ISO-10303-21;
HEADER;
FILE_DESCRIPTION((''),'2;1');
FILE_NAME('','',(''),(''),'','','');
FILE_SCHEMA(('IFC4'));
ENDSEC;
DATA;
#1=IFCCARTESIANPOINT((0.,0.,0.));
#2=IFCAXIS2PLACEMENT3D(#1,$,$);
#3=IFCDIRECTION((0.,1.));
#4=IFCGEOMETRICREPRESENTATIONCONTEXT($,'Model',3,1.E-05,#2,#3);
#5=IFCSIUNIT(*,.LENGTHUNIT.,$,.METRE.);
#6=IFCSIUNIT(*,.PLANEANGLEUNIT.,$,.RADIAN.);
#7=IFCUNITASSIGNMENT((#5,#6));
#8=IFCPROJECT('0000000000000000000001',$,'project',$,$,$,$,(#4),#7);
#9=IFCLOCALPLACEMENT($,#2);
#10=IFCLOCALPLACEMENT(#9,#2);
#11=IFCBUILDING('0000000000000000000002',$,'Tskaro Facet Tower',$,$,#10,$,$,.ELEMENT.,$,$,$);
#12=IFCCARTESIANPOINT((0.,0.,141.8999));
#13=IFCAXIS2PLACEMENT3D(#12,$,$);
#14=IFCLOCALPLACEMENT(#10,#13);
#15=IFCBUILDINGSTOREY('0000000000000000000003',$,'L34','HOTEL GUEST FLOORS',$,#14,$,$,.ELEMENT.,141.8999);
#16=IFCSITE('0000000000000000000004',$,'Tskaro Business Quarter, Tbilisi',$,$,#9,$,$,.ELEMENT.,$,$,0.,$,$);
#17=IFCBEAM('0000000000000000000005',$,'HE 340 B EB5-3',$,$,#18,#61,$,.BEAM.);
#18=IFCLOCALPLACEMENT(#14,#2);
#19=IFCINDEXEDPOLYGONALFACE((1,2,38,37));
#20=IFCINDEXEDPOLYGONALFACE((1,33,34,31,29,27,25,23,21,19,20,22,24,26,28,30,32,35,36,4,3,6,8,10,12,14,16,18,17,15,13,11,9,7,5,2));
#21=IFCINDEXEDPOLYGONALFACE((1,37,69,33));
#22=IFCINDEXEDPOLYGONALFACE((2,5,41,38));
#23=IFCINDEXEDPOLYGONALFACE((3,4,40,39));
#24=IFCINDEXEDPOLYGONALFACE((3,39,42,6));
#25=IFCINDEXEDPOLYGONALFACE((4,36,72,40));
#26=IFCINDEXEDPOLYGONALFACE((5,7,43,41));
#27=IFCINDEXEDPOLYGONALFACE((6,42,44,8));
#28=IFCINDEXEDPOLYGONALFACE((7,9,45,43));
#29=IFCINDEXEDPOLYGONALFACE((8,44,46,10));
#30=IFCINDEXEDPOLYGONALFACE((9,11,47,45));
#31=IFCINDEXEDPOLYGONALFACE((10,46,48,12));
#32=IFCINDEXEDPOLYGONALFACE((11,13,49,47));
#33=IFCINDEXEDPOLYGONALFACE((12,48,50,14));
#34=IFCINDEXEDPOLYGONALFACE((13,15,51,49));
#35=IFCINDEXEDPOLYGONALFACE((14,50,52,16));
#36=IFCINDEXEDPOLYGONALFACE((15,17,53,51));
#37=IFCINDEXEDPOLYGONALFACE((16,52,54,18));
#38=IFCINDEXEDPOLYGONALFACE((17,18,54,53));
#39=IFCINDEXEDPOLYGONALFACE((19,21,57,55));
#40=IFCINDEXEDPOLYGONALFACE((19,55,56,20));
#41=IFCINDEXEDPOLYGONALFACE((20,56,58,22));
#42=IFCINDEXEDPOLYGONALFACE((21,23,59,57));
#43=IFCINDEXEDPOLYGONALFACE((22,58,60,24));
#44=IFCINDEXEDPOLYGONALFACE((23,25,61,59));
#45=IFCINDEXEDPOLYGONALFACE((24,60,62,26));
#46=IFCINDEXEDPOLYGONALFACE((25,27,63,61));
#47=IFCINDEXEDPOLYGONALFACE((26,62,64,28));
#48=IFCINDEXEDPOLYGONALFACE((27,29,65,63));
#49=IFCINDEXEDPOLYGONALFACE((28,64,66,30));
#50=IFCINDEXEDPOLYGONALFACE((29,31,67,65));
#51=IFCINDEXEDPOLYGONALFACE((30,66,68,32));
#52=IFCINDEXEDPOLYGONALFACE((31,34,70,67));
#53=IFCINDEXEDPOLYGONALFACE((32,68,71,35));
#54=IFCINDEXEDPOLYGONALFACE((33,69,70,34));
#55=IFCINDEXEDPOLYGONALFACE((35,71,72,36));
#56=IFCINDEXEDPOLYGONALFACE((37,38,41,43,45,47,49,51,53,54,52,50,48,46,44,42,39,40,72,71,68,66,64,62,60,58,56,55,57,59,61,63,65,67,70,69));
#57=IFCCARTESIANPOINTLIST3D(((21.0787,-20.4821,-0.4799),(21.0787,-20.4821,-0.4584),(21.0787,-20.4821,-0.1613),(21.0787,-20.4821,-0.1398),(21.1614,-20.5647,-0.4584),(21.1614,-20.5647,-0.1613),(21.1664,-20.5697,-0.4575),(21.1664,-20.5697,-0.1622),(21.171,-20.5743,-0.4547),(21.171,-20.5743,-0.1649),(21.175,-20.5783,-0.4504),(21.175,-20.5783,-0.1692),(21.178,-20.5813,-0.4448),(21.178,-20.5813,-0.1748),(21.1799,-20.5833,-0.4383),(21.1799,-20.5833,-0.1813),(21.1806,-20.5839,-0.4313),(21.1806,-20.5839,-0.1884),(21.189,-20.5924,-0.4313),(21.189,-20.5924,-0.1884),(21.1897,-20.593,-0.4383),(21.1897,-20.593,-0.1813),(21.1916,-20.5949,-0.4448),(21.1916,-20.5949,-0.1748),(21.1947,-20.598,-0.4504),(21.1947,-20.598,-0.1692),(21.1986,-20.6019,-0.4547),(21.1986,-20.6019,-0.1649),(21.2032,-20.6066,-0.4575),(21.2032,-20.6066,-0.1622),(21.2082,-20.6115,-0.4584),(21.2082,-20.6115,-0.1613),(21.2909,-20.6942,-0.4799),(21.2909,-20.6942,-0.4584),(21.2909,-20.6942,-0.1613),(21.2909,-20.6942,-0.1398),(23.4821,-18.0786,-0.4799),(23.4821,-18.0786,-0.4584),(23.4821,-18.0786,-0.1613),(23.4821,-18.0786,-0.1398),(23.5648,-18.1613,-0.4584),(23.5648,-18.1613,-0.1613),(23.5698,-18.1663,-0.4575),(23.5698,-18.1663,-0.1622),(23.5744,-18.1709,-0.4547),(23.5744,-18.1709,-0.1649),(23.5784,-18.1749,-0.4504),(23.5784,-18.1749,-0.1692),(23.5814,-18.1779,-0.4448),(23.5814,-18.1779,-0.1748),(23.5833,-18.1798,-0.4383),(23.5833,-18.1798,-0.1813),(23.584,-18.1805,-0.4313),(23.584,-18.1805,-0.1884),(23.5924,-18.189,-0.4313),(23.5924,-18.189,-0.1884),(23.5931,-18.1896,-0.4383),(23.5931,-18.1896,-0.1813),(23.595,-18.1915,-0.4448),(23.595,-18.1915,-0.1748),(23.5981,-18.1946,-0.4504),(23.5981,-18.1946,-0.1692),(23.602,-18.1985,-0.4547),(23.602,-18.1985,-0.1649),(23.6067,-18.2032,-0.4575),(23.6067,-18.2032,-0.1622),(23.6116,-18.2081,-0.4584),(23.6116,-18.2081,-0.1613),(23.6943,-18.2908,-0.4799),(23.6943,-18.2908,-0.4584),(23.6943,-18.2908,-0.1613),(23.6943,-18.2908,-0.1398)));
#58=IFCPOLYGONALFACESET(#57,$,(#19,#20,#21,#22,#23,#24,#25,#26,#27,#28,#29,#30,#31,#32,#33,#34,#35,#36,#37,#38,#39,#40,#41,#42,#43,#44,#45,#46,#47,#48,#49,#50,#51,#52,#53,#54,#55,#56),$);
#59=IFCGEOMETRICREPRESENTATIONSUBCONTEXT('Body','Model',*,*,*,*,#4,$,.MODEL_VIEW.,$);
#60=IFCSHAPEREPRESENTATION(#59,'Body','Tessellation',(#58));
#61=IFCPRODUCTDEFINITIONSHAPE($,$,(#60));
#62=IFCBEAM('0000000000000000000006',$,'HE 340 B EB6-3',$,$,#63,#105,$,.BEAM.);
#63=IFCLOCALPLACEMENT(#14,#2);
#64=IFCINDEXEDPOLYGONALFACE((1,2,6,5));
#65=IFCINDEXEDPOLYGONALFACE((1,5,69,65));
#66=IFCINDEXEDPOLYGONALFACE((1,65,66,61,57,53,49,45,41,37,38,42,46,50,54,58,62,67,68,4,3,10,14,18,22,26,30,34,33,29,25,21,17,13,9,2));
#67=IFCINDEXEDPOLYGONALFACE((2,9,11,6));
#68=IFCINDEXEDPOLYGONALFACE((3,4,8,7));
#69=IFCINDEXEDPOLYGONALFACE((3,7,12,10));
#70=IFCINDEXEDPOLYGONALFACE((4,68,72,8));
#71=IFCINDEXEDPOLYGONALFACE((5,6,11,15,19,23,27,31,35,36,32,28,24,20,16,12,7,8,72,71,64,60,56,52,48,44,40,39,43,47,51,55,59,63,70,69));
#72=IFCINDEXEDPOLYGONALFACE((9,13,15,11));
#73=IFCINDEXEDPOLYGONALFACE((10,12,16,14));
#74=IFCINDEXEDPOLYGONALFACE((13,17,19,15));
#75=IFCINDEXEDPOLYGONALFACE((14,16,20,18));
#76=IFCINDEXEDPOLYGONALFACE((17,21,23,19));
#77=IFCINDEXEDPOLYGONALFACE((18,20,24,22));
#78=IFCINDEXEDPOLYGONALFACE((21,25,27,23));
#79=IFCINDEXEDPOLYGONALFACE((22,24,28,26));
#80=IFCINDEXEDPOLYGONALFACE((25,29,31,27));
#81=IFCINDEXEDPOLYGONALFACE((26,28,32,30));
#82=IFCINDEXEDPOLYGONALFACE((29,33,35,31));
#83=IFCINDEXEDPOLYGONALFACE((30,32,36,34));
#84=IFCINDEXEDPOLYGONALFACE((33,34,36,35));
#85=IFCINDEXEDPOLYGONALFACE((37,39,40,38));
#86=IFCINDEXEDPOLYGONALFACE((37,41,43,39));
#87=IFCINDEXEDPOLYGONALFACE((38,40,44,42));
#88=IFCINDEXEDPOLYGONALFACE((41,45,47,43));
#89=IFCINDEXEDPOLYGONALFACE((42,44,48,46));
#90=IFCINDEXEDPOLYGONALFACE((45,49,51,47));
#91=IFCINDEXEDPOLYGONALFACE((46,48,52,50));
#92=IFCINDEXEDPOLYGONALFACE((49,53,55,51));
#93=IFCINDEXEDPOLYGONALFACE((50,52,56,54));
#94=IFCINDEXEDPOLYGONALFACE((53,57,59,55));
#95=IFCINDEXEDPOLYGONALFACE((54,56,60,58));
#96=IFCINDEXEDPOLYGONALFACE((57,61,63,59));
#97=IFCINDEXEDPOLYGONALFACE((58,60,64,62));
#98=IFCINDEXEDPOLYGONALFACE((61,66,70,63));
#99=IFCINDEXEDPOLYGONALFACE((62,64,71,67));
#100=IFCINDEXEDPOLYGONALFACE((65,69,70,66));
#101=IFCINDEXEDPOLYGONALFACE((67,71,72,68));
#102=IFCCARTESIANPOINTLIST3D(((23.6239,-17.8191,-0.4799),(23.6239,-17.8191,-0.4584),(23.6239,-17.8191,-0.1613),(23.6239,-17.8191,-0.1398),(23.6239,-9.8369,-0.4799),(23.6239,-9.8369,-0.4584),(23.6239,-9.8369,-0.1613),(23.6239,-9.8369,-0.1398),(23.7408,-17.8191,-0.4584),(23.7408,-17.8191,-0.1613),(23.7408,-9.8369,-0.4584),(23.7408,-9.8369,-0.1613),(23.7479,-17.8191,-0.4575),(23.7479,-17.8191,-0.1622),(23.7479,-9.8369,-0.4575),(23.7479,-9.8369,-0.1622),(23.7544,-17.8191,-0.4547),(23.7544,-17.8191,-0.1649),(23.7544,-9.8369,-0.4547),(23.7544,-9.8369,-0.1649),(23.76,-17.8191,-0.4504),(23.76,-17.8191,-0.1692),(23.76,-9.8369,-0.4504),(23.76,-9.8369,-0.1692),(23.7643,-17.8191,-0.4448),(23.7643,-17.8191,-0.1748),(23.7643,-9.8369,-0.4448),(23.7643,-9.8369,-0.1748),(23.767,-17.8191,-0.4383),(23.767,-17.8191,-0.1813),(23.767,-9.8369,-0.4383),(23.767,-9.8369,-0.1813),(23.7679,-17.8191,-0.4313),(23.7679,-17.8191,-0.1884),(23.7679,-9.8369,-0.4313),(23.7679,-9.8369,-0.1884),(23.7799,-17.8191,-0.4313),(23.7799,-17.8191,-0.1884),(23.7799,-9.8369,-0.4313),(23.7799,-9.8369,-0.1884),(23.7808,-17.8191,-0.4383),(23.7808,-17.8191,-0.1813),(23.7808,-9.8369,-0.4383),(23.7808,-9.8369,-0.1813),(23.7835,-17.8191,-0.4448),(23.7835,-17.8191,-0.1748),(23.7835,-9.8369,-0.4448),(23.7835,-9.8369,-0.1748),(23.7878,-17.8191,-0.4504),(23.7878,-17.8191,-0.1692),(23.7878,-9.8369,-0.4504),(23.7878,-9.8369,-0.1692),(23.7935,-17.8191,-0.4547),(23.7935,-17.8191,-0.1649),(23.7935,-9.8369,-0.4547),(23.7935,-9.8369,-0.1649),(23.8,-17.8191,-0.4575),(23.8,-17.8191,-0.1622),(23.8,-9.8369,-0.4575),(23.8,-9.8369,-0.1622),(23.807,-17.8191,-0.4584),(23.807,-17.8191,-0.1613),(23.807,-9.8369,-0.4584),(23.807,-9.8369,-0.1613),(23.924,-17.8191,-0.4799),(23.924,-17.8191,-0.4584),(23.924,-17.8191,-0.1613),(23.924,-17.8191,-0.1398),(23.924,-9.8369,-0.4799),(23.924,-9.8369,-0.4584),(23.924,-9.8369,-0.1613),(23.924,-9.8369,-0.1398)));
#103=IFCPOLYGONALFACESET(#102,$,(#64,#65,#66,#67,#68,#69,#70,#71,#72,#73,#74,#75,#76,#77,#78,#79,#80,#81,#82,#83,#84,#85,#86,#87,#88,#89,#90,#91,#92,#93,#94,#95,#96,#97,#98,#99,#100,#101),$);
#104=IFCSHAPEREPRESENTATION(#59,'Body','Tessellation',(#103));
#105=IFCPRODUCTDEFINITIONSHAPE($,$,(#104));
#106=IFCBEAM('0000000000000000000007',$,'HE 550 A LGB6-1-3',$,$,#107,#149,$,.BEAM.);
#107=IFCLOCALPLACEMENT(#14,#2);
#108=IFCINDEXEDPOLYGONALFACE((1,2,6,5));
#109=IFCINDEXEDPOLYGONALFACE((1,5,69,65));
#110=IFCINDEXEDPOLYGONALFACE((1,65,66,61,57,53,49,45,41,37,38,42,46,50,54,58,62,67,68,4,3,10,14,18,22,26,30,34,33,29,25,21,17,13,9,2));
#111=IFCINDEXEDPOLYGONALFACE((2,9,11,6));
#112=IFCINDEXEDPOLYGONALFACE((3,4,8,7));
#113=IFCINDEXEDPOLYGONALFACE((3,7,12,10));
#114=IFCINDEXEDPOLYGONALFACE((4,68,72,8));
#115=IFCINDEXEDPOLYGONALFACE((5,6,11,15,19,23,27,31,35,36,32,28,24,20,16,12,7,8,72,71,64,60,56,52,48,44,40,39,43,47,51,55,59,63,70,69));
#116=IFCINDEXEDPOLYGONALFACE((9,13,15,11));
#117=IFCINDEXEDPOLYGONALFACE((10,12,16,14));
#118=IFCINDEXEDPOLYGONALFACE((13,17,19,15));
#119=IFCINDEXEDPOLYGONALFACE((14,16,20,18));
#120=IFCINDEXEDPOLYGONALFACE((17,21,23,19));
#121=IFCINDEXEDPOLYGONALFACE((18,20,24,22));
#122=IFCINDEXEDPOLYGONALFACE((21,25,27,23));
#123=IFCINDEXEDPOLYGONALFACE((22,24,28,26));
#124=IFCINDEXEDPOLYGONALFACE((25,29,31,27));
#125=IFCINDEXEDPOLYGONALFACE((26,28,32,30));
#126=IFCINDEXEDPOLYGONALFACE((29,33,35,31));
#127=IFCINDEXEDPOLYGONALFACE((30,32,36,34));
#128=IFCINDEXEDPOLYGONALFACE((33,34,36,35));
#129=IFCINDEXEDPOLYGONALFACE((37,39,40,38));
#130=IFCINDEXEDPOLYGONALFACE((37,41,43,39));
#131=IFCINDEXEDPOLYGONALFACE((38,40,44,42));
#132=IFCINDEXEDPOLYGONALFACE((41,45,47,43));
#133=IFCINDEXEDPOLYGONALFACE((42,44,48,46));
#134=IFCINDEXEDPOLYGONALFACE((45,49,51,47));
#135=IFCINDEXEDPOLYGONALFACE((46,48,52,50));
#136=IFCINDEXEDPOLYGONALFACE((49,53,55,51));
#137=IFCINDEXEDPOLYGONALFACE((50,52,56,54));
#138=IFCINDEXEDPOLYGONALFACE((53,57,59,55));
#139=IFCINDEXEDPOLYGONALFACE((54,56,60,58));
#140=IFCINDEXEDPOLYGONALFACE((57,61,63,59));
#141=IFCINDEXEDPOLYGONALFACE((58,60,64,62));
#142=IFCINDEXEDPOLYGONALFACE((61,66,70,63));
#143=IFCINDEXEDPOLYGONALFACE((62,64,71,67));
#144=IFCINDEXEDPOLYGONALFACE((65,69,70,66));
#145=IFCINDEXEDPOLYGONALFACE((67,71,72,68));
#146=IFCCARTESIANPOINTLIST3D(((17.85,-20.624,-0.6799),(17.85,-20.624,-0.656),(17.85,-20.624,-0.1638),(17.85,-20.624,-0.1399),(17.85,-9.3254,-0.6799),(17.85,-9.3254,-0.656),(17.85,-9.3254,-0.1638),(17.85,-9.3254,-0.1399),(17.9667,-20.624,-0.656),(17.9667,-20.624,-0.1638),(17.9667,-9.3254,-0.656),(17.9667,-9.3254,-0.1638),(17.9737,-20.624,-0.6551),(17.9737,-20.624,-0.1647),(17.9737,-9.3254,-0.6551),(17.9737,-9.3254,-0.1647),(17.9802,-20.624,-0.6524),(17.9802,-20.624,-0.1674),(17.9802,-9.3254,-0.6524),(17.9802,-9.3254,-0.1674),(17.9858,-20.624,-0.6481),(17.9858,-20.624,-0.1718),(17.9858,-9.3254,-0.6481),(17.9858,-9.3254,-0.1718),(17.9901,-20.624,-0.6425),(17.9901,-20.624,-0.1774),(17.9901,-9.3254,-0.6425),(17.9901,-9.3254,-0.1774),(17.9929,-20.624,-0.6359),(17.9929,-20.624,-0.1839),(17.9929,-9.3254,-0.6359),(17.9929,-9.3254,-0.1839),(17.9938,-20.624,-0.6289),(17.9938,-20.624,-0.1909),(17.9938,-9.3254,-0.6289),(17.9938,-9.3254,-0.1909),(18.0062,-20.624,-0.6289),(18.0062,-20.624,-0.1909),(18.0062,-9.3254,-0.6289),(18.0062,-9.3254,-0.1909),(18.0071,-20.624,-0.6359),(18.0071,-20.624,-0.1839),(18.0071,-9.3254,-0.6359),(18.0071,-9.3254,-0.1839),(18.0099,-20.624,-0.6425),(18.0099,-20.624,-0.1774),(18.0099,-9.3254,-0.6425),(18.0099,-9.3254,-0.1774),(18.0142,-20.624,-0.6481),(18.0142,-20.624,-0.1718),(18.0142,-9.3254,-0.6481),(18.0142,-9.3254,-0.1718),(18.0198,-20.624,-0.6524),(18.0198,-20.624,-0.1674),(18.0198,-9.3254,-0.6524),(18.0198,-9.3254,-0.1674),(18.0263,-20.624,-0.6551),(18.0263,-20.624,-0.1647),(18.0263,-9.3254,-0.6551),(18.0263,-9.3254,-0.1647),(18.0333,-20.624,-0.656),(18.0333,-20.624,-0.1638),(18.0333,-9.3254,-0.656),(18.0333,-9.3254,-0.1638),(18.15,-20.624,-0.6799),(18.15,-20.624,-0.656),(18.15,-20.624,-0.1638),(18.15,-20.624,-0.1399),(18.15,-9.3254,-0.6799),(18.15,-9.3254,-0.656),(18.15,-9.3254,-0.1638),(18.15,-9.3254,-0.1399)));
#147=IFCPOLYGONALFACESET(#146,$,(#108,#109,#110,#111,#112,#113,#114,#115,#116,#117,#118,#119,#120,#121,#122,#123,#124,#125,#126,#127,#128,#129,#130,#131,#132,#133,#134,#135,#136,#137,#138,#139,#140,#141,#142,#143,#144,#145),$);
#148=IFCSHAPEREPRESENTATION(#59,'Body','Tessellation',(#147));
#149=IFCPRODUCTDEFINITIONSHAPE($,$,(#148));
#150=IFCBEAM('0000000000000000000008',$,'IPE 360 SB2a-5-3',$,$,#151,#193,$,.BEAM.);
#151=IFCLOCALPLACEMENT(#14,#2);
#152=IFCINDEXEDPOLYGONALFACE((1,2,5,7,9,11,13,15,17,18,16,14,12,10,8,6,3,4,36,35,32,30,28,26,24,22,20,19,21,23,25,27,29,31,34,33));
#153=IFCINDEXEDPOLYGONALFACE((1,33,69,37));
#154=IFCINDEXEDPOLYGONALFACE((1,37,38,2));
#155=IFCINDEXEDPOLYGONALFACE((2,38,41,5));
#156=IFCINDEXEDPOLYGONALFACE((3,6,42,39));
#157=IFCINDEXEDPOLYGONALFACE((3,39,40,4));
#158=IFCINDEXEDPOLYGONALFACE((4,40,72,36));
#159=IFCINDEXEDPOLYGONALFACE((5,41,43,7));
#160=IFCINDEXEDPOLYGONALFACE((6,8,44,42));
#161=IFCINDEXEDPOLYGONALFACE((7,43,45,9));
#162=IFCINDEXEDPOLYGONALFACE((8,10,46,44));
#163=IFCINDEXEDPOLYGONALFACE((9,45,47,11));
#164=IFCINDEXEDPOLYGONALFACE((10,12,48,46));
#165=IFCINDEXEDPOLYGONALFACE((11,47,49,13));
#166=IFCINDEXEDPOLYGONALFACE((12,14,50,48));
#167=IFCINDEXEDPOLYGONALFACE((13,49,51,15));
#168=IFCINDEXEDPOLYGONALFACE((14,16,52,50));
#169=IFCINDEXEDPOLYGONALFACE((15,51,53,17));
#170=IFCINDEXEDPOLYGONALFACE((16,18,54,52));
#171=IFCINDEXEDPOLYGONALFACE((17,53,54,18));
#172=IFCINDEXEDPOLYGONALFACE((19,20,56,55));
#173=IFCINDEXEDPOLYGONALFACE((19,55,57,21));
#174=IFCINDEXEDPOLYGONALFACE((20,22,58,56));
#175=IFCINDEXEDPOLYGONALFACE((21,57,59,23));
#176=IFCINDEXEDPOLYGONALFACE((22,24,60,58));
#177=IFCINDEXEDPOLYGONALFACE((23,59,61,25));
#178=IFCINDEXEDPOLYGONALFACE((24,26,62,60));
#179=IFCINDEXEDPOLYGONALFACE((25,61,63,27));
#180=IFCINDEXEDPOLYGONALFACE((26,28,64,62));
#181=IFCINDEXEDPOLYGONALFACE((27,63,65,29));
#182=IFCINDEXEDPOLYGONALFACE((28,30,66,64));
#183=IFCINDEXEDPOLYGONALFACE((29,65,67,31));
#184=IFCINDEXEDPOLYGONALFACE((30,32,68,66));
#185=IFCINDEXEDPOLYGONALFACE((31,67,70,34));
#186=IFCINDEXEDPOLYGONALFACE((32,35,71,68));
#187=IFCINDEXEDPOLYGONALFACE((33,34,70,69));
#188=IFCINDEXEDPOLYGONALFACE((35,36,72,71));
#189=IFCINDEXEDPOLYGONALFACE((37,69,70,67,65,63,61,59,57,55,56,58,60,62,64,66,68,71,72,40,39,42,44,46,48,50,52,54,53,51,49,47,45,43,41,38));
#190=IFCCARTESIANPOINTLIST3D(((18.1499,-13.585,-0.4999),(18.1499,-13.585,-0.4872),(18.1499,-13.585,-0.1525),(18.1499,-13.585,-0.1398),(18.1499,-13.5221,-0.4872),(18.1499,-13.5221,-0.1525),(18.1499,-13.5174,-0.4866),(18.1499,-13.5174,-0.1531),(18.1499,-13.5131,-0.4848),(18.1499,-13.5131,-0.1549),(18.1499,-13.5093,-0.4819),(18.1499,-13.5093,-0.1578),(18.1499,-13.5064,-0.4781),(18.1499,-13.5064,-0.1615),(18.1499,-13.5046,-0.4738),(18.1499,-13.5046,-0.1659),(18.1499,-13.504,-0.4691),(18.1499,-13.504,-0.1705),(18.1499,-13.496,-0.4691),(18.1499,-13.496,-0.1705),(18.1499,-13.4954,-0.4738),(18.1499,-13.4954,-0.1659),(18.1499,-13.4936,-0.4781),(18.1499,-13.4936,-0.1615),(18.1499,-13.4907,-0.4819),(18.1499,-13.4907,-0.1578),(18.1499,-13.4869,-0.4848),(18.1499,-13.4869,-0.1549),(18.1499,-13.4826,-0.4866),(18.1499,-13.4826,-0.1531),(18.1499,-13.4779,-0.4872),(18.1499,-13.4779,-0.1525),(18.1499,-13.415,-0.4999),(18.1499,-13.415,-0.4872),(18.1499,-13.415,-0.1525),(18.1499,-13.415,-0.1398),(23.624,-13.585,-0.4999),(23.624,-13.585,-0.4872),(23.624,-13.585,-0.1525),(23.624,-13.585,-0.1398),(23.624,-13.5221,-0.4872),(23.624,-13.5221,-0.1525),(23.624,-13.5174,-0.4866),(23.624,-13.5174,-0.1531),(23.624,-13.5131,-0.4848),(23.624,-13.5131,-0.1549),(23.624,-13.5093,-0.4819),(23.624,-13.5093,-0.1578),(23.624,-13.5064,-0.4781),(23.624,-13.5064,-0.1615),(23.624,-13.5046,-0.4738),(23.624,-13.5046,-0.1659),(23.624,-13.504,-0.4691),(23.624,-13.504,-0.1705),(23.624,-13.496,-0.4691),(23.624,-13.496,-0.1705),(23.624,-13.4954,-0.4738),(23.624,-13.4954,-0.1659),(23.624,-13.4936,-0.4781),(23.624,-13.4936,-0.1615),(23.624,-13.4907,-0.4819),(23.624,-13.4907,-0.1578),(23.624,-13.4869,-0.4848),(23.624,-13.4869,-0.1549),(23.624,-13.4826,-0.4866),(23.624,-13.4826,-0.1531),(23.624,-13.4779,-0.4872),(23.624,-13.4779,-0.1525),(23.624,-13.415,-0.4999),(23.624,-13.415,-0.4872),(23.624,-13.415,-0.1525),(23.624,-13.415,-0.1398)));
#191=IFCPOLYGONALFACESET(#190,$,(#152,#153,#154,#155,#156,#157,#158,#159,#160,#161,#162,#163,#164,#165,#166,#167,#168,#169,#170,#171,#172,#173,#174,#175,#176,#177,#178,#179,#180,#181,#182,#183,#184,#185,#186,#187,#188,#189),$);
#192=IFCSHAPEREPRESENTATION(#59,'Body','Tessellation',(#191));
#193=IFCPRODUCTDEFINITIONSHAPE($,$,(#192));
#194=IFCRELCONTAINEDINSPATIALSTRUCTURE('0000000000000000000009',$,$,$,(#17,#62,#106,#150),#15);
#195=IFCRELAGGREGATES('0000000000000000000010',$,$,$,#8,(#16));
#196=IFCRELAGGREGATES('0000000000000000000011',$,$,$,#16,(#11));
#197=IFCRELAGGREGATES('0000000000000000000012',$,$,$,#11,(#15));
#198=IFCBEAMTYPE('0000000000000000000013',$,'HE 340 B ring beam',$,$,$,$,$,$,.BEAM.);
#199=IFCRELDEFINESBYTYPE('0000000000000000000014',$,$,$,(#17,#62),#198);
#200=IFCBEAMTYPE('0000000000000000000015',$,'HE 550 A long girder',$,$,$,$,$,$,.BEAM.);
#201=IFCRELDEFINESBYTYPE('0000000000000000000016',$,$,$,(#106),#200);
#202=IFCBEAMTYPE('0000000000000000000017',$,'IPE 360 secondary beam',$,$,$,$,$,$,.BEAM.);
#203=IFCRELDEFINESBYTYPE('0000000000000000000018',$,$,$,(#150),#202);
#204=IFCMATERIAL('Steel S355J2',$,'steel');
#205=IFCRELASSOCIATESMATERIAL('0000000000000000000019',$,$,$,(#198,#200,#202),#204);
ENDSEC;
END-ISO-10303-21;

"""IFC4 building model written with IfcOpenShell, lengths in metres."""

from ifc_helpers import new_model, si_unit, direction, frame, origin, origin_2d, place, context, subcontext, project, spatial, i_section, extrude, material, material_profile, profile_set, type_object, element, save


model = new_model("IFC4")

# Units and contexts
model_context = context("Model", 3, precision=1e-05, world=origin(), true_north=direction((0.0, 1.0)))
body_context = subcontext(model_context, "Body", "Model", "MODEL_VIEW")
ifc_project = project(units=[si_unit("LENGTHUNIT", "METRE"), si_unit("PLANEANGLEUNIT", "RADIAN")], contexts=[model_context])

# Site, building, storey
site_placement = place(None, origin())
site = spatial("IfcSite", under=ifc_project, at=site_placement, Name="Tskaro Business Quarter, Tbilisi", CompositionType="ELEMENT", RefElevation=0.0)
building_placement = place(site_placement, origin())
building = spatial("IfcBuilding", under=site, at=building_placement, Name="Tskaro Facet Tower", CompositionType="ELEMENT")
storey_placement = place(building_placement, frame((0.0, 0.0, 141.8999)))
storey = spatial("IfcBuildingStorey", under=building, at=storey_placement, Name="L34", Description="HOTEL GUEST FLOORS", CompositionType="ELEMENT", Elevation=141.8999)

# Beams
ifc_material_1 = material(Name="Steel S355J2", Category="steel")
ifc_material_profile_1 = material_profile(ifc_material_1, i_section(OverallWidth=0.3, OverallDepth=0.3401, WebThickness=0.012, FlangeThickness=0.0215, FilletRadius=0.0271, at=origin_2d()), Name="HE 340 B")
ifc_profile_set_1 = profile_set([ifc_material_profile_1], Name="Steel S355J2")
beam_type_1 = type_object("IfcBeamType", Name="HE 340 B ring beam", PredefinedType="BEAM", material=ifc_profile_set_1)
beam_1_placement = place(storey_placement, frame((21.1848, -20.5881, -0.3098), z_axis=(0.707107, 0.707107, 0.0), x_axis=(-0.707107, 0.707107, 0.0)))
element("IfcBeam", 1, at=beam_1_placement, inside=storey, type_object=beam_type_1, Name="HE 340 B EB5-3", PredefinedType="BEAM", context=body_context, shape_type="SweptSolid", body=[
    extrude(i_section(OverallWidth=0.3, OverallDepth=0.3401, WebThickness=0.012, FlangeThickness=0.0215, FilletRadius=0.0271, at=origin_2d()), origin(), (0.0, 0.0, 1.0), 3.3989),
])
beam_2_placement = place(storey_placement, frame((23.7739, -17.8191, -0.3098), z_axis=(0.0, 1.0, 0.0), x_axis=(-1.0, 0.0, 0.0)))
element("IfcBeam", 2, at=beam_2_placement, inside=storey, type_object=beam_type_1, Name="HE 340 B EB6-3", PredefinedType="BEAM", context=body_context, shape_type="SweptSolid", body=[
    extrude(i_section(OverallWidth=0.3, OverallDepth=0.3401, WebThickness=0.012, FlangeThickness=0.0215, FilletRadius=0.0271, at=origin_2d()), origin(), (0.0, 0.0, 1.0), 7.9822),
])
ifc_material_profile_2 = material_profile(ifc_material_1, i_section(OverallWidth=0.3, OverallDepth=0.54, WebThickness=0.0125, FlangeThickness=0.0239, FilletRadius=0.0271, at=origin_2d()), Name="HE 550 A")
ifc_profile_set_2 = profile_set([ifc_material_profile_2], Name="Steel S355J2")
beam_type_2 = type_object("IfcBeamType", Name="HE 550 A long girder", PredefinedType="BEAM", material=ifc_profile_set_2)
beam_3_placement = place(storey_placement, frame((18.0, -20.624, -0.4099), z_axis=(0.0, 1.0, 0.0), x_axis=(-1.0, 0.0, 0.0)))
element("IfcBeam", 3, at=beam_3_placement, inside=storey, type_object=beam_type_2, Name="HE 550 A LGB6-1-3", PredefinedType="BEAM", context=body_context, shape_type="SweptSolid", body=[
    extrude(i_section(OverallWidth=0.3, OverallDepth=0.54, WebThickness=0.0125, FlangeThickness=0.0239, FilletRadius=0.0271, at=origin_2d()), origin(), (0.0, 0.0, 1.0), 11.2986),
])
ifc_material_profile_3 = material_profile(ifc_material_1, i_section(OverallWidth=0.1699, OverallDepth=0.3601, WebThickness=0.0081, FlangeThickness=0.0127, FilletRadius=0.0181, at=origin_2d()), Name="IPE 360")
ifc_profile_set_3 = profile_set([ifc_material_profile_3], Name="Steel S355J2")
beam_type_3 = type_object("IfcBeamType", Name="IPE 360 secondary beam", PredefinedType="BEAM", material=ifc_profile_set_3)
beam_4_placement = place(storey_placement, frame((18.1499, -13.5, -0.3198), z_axis=(1.0, 0.0, 0.0), x_axis=(0.0, 1.0, 0.0)))
element("IfcBeam", 4, at=beam_4_placement, inside=storey, type_object=beam_type_3, Name="IPE 360 SB2a-5-3", PredefinedType="BEAM", context=body_context, shape_type="SweptSolid", body=[
    extrude(i_section(OverallWidth=0.1699, OverallDepth=0.3601, WebThickness=0.0081, FlangeThickness=0.0127, FilletRadius=0.0181, at=origin_2d()), origin(), (0.0, 0.0, 1.0), 5.4741),
])

save(model, "model.ifc")
